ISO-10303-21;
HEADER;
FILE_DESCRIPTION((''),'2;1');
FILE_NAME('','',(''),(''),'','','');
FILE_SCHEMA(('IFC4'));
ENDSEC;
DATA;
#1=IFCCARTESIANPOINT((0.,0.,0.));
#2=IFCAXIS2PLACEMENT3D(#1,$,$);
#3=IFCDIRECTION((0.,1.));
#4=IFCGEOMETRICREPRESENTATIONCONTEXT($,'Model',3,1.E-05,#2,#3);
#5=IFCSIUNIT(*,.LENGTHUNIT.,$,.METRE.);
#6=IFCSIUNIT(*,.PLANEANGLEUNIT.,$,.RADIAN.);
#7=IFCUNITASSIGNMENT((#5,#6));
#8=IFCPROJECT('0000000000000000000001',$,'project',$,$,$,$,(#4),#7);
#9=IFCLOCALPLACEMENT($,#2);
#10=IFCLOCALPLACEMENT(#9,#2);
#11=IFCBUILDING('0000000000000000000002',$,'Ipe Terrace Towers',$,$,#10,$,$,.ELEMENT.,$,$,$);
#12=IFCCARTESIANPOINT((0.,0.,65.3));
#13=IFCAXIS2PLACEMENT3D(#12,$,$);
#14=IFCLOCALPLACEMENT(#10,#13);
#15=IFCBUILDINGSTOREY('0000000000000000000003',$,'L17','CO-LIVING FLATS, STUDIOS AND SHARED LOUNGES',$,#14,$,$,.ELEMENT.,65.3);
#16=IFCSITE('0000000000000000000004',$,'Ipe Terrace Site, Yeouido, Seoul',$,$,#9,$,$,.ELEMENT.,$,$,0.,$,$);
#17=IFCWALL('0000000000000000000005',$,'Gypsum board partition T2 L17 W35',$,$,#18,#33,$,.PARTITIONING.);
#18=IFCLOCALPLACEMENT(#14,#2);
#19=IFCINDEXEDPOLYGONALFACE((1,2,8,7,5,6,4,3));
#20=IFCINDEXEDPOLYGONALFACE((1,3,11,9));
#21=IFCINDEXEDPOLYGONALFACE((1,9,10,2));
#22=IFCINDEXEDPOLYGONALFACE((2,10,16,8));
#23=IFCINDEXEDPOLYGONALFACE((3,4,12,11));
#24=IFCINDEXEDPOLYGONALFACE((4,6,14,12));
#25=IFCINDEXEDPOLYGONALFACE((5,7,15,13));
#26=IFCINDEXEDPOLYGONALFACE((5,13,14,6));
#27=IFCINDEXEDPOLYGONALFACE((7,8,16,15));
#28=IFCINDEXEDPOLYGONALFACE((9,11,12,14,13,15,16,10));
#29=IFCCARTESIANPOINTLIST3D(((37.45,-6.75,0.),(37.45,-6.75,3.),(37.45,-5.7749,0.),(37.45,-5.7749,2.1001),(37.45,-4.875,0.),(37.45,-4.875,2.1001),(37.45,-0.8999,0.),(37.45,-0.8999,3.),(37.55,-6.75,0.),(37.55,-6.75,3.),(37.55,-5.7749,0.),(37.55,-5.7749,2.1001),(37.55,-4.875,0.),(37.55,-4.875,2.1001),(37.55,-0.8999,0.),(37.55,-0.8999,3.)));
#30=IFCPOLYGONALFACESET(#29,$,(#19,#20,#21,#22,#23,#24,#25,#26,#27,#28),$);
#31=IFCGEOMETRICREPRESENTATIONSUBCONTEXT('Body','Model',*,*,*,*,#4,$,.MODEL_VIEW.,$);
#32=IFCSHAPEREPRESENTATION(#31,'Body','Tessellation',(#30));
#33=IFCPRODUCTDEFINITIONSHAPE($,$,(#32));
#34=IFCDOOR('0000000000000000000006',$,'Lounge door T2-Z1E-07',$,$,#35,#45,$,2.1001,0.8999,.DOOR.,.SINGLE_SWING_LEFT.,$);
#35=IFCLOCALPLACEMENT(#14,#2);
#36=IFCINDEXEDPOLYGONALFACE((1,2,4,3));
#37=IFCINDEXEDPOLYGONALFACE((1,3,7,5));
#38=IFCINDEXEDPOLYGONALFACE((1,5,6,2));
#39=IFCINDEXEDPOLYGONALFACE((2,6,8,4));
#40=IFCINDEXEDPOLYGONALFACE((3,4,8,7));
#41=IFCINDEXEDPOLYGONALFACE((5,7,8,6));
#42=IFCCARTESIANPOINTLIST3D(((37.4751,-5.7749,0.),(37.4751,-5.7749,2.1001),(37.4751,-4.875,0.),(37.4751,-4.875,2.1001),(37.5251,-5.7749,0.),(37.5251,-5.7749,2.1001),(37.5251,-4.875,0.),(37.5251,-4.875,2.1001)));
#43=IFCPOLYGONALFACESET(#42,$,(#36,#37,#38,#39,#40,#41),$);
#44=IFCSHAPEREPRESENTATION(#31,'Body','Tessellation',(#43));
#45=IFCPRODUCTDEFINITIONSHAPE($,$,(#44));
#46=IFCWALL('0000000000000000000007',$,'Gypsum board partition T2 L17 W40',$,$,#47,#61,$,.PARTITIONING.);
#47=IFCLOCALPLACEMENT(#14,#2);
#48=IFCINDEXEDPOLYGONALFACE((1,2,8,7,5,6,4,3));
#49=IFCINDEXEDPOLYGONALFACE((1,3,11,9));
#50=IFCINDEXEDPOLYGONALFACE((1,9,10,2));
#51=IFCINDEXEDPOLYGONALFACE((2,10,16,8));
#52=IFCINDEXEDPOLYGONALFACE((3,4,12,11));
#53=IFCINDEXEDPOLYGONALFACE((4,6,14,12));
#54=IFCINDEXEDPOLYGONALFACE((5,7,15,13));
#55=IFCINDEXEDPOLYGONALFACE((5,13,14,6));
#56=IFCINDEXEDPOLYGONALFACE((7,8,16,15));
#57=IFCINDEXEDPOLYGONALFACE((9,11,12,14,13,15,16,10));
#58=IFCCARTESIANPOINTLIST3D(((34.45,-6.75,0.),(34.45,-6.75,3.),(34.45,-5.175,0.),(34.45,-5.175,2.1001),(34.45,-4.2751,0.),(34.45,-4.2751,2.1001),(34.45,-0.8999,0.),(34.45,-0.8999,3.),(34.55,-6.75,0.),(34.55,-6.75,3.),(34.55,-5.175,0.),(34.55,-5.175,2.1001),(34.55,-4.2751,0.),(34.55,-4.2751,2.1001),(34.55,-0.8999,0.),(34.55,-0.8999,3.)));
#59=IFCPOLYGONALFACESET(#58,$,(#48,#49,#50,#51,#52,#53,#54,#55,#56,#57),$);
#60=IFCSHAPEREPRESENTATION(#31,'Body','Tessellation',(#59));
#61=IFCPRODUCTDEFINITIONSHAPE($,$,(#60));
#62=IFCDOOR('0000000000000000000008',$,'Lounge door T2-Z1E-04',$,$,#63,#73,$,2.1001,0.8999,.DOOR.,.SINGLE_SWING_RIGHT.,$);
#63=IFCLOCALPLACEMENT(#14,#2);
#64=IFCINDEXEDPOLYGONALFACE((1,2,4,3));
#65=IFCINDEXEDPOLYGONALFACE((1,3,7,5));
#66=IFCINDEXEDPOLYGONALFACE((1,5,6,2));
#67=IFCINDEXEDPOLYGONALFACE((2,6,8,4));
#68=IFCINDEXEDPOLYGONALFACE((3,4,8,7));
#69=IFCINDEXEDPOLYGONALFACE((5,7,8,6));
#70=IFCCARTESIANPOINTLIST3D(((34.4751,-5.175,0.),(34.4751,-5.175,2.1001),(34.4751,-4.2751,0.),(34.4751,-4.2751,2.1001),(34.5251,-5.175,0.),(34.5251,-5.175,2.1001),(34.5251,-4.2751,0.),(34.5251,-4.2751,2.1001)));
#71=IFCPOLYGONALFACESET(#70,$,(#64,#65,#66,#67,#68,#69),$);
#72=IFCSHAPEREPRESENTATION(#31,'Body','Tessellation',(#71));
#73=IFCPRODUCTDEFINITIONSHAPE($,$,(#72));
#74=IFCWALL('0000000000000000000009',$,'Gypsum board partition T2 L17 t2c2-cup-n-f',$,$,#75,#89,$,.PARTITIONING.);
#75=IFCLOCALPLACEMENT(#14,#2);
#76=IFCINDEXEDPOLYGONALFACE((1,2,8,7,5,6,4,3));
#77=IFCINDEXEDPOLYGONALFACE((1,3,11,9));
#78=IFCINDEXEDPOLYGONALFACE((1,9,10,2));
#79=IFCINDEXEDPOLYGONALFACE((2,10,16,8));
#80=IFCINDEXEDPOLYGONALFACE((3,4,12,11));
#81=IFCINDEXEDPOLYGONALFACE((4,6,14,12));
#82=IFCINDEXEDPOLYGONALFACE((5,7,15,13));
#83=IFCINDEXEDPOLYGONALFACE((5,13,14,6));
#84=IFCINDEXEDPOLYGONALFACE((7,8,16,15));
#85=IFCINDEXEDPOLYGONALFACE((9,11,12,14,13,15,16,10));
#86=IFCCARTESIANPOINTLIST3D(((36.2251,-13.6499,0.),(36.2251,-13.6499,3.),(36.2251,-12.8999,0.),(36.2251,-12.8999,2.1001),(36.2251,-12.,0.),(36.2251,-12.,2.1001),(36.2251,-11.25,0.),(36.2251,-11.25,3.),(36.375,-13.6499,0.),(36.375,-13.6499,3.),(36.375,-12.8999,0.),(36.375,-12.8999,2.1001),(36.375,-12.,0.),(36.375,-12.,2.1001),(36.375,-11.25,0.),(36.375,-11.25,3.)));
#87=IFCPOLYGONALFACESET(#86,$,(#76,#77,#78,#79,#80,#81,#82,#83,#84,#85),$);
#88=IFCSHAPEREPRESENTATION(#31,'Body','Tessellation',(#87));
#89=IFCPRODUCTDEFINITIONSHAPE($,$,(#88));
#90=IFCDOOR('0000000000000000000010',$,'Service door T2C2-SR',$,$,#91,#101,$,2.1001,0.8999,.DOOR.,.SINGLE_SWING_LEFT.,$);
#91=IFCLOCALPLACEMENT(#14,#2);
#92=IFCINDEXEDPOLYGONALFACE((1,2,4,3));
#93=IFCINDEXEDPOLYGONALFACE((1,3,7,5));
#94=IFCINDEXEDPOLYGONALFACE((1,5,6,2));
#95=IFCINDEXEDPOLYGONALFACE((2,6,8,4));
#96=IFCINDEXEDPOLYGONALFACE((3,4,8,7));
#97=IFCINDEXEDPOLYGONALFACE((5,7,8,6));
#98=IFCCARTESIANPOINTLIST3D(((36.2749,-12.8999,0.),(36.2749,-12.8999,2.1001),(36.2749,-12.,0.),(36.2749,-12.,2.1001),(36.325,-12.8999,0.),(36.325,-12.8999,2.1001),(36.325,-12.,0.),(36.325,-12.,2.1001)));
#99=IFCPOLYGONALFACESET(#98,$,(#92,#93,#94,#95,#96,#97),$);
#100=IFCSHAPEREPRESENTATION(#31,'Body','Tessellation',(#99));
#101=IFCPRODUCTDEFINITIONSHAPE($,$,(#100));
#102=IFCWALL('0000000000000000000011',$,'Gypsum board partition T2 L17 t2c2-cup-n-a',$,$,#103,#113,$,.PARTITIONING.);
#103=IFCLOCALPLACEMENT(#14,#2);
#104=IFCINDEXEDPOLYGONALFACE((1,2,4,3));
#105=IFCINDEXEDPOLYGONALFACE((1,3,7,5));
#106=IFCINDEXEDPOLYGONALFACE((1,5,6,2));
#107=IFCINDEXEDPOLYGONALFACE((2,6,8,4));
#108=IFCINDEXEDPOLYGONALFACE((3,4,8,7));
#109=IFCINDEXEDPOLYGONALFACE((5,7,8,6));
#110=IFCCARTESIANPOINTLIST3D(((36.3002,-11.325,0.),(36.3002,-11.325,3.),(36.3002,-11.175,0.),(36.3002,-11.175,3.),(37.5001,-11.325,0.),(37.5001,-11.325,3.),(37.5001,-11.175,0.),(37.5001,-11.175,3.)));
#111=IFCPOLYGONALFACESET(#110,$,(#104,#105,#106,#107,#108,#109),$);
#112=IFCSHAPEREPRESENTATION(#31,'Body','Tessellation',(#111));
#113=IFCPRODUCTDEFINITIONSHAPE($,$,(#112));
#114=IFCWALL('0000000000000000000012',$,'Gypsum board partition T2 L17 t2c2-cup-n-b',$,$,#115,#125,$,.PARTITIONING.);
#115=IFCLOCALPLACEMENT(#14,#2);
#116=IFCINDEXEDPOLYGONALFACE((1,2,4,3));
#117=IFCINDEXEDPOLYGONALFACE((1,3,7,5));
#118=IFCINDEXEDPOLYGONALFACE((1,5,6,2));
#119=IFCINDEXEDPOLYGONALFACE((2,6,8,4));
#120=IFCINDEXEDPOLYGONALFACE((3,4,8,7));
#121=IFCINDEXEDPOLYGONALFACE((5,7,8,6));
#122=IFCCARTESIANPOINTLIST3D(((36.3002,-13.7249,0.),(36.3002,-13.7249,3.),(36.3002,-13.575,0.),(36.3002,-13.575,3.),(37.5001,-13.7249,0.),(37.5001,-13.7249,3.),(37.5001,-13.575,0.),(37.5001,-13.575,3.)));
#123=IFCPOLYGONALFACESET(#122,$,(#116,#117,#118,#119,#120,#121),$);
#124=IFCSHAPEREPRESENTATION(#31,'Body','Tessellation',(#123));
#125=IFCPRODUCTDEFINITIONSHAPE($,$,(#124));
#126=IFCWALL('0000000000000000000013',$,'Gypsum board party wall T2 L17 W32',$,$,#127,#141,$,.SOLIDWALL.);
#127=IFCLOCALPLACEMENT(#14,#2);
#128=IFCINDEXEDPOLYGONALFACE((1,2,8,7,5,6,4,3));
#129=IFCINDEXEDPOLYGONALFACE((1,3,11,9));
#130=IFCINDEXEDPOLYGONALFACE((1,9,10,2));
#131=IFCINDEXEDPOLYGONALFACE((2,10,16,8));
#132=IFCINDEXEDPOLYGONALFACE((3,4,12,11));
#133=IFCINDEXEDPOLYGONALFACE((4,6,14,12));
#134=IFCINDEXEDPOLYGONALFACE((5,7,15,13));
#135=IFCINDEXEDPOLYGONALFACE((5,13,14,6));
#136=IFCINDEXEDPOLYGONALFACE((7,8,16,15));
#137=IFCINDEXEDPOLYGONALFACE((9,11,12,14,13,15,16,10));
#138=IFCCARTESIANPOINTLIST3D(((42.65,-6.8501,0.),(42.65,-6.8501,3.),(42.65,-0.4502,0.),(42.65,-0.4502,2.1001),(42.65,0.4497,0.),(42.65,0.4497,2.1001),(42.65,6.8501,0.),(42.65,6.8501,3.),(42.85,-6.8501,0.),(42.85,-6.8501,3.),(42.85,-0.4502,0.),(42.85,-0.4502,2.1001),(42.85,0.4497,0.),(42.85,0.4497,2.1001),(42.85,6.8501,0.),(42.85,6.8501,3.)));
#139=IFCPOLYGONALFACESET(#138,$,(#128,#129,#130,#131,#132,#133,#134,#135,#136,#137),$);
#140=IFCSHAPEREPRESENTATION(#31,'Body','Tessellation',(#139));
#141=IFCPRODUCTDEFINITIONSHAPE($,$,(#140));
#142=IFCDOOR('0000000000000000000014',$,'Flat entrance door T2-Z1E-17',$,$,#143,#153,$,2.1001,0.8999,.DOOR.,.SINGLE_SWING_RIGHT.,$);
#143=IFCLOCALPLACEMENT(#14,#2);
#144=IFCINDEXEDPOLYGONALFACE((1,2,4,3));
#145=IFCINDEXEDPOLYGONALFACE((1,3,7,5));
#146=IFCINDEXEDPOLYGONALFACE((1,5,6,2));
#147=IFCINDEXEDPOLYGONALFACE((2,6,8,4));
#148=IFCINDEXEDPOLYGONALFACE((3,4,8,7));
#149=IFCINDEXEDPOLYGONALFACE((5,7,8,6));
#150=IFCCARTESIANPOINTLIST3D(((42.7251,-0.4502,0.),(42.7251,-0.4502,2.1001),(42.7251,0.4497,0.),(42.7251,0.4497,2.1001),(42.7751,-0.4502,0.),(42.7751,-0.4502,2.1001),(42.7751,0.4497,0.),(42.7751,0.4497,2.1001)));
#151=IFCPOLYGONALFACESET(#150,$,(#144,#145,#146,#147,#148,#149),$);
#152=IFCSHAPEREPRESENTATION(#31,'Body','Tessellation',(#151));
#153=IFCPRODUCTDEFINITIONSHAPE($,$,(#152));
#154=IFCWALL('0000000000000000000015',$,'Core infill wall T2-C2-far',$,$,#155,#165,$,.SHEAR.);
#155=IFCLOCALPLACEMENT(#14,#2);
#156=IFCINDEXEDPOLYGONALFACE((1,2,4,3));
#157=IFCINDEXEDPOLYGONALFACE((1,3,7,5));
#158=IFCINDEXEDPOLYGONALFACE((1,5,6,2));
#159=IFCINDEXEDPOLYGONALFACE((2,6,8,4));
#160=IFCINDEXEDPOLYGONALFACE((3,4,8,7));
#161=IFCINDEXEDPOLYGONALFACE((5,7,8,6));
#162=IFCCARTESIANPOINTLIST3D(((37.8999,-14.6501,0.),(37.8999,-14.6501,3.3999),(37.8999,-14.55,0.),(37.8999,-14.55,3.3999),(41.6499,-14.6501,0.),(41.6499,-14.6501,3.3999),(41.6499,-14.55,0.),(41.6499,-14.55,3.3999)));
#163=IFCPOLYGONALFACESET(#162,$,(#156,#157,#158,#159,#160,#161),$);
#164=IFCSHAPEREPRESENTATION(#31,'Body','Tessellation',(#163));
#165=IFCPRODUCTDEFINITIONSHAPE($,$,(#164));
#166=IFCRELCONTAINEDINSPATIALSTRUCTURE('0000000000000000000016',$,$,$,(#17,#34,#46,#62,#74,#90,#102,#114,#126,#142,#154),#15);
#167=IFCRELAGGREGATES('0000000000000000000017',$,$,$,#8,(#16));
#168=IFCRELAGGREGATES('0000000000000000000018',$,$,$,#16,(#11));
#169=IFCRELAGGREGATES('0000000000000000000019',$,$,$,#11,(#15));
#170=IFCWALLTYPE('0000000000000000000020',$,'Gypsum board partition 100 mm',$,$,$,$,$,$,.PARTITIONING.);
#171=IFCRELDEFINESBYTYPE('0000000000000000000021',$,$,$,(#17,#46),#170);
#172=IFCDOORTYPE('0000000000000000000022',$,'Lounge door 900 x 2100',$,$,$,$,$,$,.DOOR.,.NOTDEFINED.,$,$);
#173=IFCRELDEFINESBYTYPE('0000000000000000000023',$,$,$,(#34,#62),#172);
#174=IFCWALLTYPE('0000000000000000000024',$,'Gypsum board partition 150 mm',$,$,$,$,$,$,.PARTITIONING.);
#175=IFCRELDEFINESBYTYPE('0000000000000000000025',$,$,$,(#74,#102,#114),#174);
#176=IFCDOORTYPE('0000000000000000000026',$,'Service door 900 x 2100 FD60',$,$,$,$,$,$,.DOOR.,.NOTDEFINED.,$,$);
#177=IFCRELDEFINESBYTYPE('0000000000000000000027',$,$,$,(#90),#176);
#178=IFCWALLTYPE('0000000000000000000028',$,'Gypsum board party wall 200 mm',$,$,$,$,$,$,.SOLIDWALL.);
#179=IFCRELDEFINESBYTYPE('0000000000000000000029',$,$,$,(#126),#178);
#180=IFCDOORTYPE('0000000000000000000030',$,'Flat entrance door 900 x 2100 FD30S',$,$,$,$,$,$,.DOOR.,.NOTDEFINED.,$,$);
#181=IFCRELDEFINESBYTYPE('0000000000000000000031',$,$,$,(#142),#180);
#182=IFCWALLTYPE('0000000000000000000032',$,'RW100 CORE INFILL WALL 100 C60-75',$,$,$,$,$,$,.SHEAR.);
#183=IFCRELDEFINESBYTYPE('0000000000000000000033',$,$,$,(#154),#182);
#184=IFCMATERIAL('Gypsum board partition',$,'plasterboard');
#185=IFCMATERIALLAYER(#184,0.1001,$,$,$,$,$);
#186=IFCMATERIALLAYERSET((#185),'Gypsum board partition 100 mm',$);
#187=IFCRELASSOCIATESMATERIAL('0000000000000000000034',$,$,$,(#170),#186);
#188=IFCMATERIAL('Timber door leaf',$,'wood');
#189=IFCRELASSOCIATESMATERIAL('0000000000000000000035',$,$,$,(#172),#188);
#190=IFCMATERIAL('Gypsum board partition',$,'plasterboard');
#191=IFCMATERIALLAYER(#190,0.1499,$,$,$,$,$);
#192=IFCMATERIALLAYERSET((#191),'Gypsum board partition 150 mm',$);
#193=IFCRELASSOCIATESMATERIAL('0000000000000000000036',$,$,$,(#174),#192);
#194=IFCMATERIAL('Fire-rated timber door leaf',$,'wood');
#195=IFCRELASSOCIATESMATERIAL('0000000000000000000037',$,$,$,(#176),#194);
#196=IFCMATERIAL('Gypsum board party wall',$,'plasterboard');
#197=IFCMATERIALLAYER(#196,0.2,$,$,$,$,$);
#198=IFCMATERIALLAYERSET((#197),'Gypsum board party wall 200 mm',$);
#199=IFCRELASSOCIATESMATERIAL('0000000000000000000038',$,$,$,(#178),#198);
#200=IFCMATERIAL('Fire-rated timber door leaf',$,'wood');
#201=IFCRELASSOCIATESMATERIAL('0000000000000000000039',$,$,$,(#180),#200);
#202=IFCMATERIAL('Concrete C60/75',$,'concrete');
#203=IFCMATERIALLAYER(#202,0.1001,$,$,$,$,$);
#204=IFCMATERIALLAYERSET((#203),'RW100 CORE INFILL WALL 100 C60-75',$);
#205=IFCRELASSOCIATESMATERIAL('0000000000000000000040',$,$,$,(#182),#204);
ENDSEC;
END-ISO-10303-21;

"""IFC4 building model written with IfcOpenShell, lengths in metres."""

from ifc_helpers import new_model, si_unit, direction, frame, frame_2d, origin, place, context, subcontext, project, spatial, rectangle, extrude, material, layer, layer_set, type_object, element, fill, save


model = new_model("IFC4")

# Units and contexts
model_context = context("Model", 3, precision=1e-05, world=origin(), true_north=direction((0.0, 1.0)))
body_context = subcontext(model_context, "Body", "Model", "MODEL_VIEW")
ifc_project = project(units=[si_unit("LENGTHUNIT", "METRE"), si_unit("PLANEANGLEUNIT", "RADIAN")], contexts=[model_context])

# Site, building, storey
site_placement = place(None, origin())
site = spatial("IfcSite", under=ifc_project, at=site_placement, Name="Ipe Terrace Site, Yeouido, Seoul", CompositionType="ELEMENT", RefElevation=0.0)
building_placement = place(site_placement, origin())
building = spatial("IfcBuilding", under=site, at=building_placement, Name="Ipe Terrace Towers", CompositionType="ELEMENT")
storey_placement = place(building_placement, frame((0.0, 0.0, 65.3)))
storey = spatial("IfcBuildingStorey", under=building, at=storey_placement, Name="L17", Description="CO-LIVING FLATS, STUDIOS AND SHARED LOUNGES", CompositionType="ELEMENT", Elevation=65.3)

# Walls, openings, doors
ifc_material_1 = material(Name="Gypsum board partition", Category="plasterboard")
ifc_layer_1 = layer(ifc_material_1, 0.1001)
ifc_layer_set_1 = layer_set([ifc_layer_1], Name="Gypsum board partition 100 mm")
wall_type_1 = type_object("IfcWallType", Name="Gypsum board partition 100 mm", PredefinedType="PARTITIONING", material=ifc_layer_set_1)
wall_1_placement = place(storey_placement, frame((37.5, -6.75, 0.0), z_axis=(0.0, 0.0, 1.0), x_axis=(0.0, 1.0, 0.0)))
wall_1 = element("IfcWall", 1, at=wall_1_placement, inside=storey, type_object=wall_type_1, Name="Gypsum board partition T2 L17 W35", PredefinedType="PARTITIONING", context=body_context, shape_type="SweptSolid", body=[
    extrude(rectangle(XDim=5.8501, YDim=0.1001, at=frame_2d((2.925, 0.0))), origin(), (0.0, 0.0, 1.0), 3.0),
])
opening_1_placement = place(wall_1_placement, frame((0.9751, 0.0, 0.0)))
opening_1 = element("IfcOpeningElement", 2, at=opening_1_placement, cuts=wall_1, PredefinedType="OPENING", context=body_context, shape_type="SweptSolid", body=[
    extrude(rectangle(XDim=0.8999, YDim=2.1001, at=frame_2d((0.45, 1.05))), frame((0.0, 0.0601, 0.0), z_axis=(0.0, -1.0, 0.0), x_axis=(1.0, 0.0, 0.0)), (0.0, 0.0, 1.0), 0.1201),
])
ifc_material_2 = material(Name="Timber door leaf", Category="wood")
door_type_1 = type_object("IfcDoorType", Name="Lounge door 900 x 2100", OperationType="NOTDEFINED", PredefinedType="DOOR", material=ifc_material_2)
door_1_placement = place(opening_1_placement, origin())
door_1 = element("IfcDoor", 3, at=door_1_placement, inside=storey, type_object=door_type_1, Name="Lounge door T2-Z1E-07", OperationType="SINGLE_SWING_LEFT", OverallHeight=2.1001, OverallWidth=0.8999, PredefinedType="DOOR", context=body_context, shape_type="SweptSolid", body=[
    extrude(rectangle(XDim=0.8999, YDim=2.1001, at=frame_2d((0.45, 1.05))), frame((0.0, 0.0249, 0.0), z_axis=(0.0, -1.0, 0.0), x_axis=(1.0, 0.0, 0.0)), (0.0, 0.0, 1.0), 0.05),
])
fill(opening_1, door_1)
wall_2_placement = place(storey_placement, frame((34.5, -6.75, 0.0), z_axis=(0.0, 0.0, 1.0), x_axis=(0.0, 1.0, 0.0)))
wall_2 = element("IfcWall", 4, at=wall_2_placement, inside=storey, type_object=wall_type_1, Name="Gypsum board partition T2 L17 W40", PredefinedType="PARTITIONING", context=body_context, shape_type="SweptSolid", body=[
    extrude(rectangle(XDim=5.8501, YDim=0.1001, at=frame_2d((2.925, 0.0))), origin(), (0.0, 0.0, 1.0), 3.0),
])
opening_2_placement = place(wall_2_placement, frame((1.575, 0.0, 0.0)))
opening_2 = element("IfcOpeningElement", 5, at=opening_2_placement, cuts=wall_2, PredefinedType="OPENING", context=body_context, shape_type="SweptSolid", body=[
    extrude(rectangle(XDim=0.8999, YDim=2.1001, at=frame_2d((0.45, 1.05))), frame((0.0, 0.0601, 0.0), z_axis=(0.0, -1.0, 0.0), x_axis=(1.0, 0.0, 0.0)), (0.0, 0.0, 1.0), 0.1201),
])
door_2_placement = place(opening_2_placement, origin())
door_2 = element("IfcDoor", 6, at=door_2_placement, inside=storey, type_object=door_type_1, Name="Lounge door T2-Z1E-04", OperationType="SINGLE_SWING_RIGHT", OverallHeight=2.1001, OverallWidth=0.8999, PredefinedType="DOOR", context=body_context, shape_type="SweptSolid", body=[
    extrude(rectangle(XDim=0.8999, YDim=2.1001, at=frame_2d((0.45, 1.05))), frame((0.0, 0.0249, 0.0), z_axis=(0.0, -1.0, 0.0), x_axis=(1.0, 0.0, 0.0)), (0.0, 0.0, 1.0), 0.05),
])
fill(opening_2, door_2)
ifc_material_3 = material(Name="Gypsum board partition", Category="plasterboard")
ifc_layer_2 = layer(ifc_material_3, 0.1499)
ifc_layer_set_2 = layer_set([ifc_layer_2], Name="Gypsum board partition 150 mm")
wall_type_2 = type_object("IfcWallType", Name="Gypsum board partition 150 mm", PredefinedType="PARTITIONING", material=ifc_layer_set_2)
wall_3_placement = place(storey_placement, frame((36.3, -11.25, 0.0), z_axis=(0.0, 0.0, 1.0), x_axis=(0.0, -1.0, 0.0)))
wall_3 = element("IfcWall", 7, at=wall_3_placement, inside=storey, type_object=wall_type_2, Name="Gypsum board partition T2 L17 t2c2-cup-n-f", PredefinedType="PARTITIONING", context=body_context, shape_type="SweptSolid", body=[
    extrude(rectangle(XDim=2.3999, YDim=0.1499, at=frame_2d((1.2, 0.0))), origin(), (0.0, 0.0, 1.0), 3.0),
])
opening_3_placement = place(wall_3_placement, frame((0.75, 0.0, 0.0)))
opening_3 = element("IfcOpeningElement", 8, at=opening_3_placement, cuts=wall_3, PredefinedType="OPENING", context=body_context, shape_type="SweptSolid", body=[
    extrude(rectangle(XDim=0.8999, YDim=2.1001, at=frame_2d((0.45, 1.05))), frame((0.0, 0.085, 0.0), z_axis=(0.0, -1.0, 0.0), x_axis=(1.0, 0.0, 0.0)), (0.0, 0.0, 1.0), 0.1699),
])
ifc_material_4 = material(Name="Fire-rated timber door leaf", Category="wood")
door_type_2 = type_object("IfcDoorType", Name="Service door 900 x 2100 FD60", OperationType="NOTDEFINED", PredefinedType="DOOR", material=ifc_material_4)
door_3_placement = place(opening_3_placement, origin())
door_3 = element("IfcDoor", 9, at=door_3_placement, inside=storey, type_object=door_type_2, Name="Service door T2C2-SR", OperationType="SINGLE_SWING_LEFT", OverallHeight=2.1001, OverallWidth=0.8999, PredefinedType="DOOR", context=body_context, shape_type="SweptSolid", body=[
    extrude(rectangle(XDim=0.8999, YDim=2.1001, at=frame_2d((0.45, 1.05))), frame((0.0, 0.0249, 0.0), z_axis=(0.0, -1.0, 0.0), x_axis=(1.0, 0.0, 0.0)), (0.0, 0.0, 1.0), 0.05),
])
fill(opening_3, door_3)

# Walls
for number, where, z_axis, x_axis, name in (
    (10, (36.3, -11.25, 0.0), (0.0, 0.0, 1.0), (1.0, 0.0, 0.0), "Gypsum board partition T2 L17 t2c2-cup-n-a"),
    (11, (36.3, -13.6499, 0.0), (0.0, 0.0, 1.0), (1.0, 0.0, 0.0), "Gypsum board partition T2 L17 t2c2-cup-n-b"),
):
    element("IfcWall", number, at=place(storey_placement, frame(where, z_axis=z_axis, x_axis=x_axis)), inside=storey, type_object=wall_type_2, Name=name, PredefinedType="PARTITIONING", context=body_context, shape_type="SweptSolid", body=[
        extrude(rectangle(XDim=1.2, YDim=0.1499, at=frame_2d((0.6001, 0.0))), origin(), (0.0, 0.0, 1.0), 3.0),
    ])

# Wall, opening, door
ifc_material_5 = material(Name="Gypsum board party wall", Category="plasterboard")
ifc_layer_3 = layer(ifc_material_5, 0.2)
ifc_layer_set_3 = layer_set([ifc_layer_3], Name="Gypsum board party wall 200 mm")
wall_type_3 = type_object("IfcWallType", Name="Gypsum board party wall 200 mm", PredefinedType="SOLIDWALL", material=ifc_layer_set_3)
wall_4_placement = place(storey_placement, frame((42.75, -6.8501, 0.0), z_axis=(0.0, 0.0, 1.0), x_axis=(0.0, 1.0, 0.0)))
wall_4 = element("IfcWall", 12, at=wall_4_placement, inside=storey, type_object=wall_type_3, Name="Gypsum board party wall T2 L17 W32", PredefinedType="SOLIDWALL", context=body_context, shape_type="SweptSolid", body=[
    extrude(rectangle(XDim=13.7002, YDim=0.2, at=frame_2d((6.8501, 0.0))), origin(), (0.0, 0.0, 1.0), 3.0),
])
opening_4_placement = place(wall_4_placement, frame((6.3999, 0.0, 0.0)))
opening_4 = element("IfcOpeningElement", 13, at=opening_4_placement, cuts=wall_4, PredefinedType="OPENING", context=body_context, shape_type="SweptSolid", body=[
    extrude(rectangle(XDim=0.8999, YDim=2.1001, at=frame_2d((0.45, 1.05))), frame((0.0, 0.1099, 0.0), z_axis=(0.0, -1.0, 0.0), x_axis=(1.0, 0.0, 0.0)), (0.0, 0.0, 1.0), 0.22),
])
ifc_material_6 = material(Name="Fire-rated timber door leaf", Category="wood")
door_type_3 = type_object("IfcDoorType", Name="Flat entrance door 900 x 2100 FD30S", OperationType="NOTDEFINED", PredefinedType="DOOR", material=ifc_material_6)
door_4_placement = place(opening_4_placement, origin())
door_4 = element("IfcDoor", 14, at=door_4_placement, inside=storey, type_object=door_type_3, Name="Flat entrance door T2-Z1E-17", OperationType="SINGLE_SWING_RIGHT", OverallHeight=2.1001, OverallWidth=0.8999, PredefinedType="DOOR", context=body_context, shape_type="SweptSolid", body=[
    extrude(rectangle(XDim=0.8999, YDim=2.1001, at=frame_2d((0.45, 1.05))), frame((0.0, 0.0249, 0.0), z_axis=(0.0, -1.0, 0.0), x_axis=(1.0, 0.0, 0.0)), (0.0, 0.0, 1.0), 0.05),
])
fill(opening_4, door_4)

# Wall
ifc_material_7 = material(Name="Concrete C60/75", Category="concrete")
ifc_layer_4 = layer(ifc_material_7, 0.1001)
ifc_layer_set_4 = layer_set([ifc_layer_4], Name="RW100 CORE INFILL WALL 100 C60-75")
wall_type_4 = type_object("IfcWallType", Name="RW100 CORE INFILL WALL 100 C60-75", PredefinedType="SHEAR", material=ifc_layer_set_4)
wall_5_placement = place(storey_placement, frame((37.8999, -14.6001, 0.0), z_axis=(0.0, 0.0, 1.0), x_axis=(1.0, 0.0, 0.0)))
element("IfcWall", 15, at=wall_5_placement, inside=storey, type_object=wall_type_4, Name="Core infill wall T2-C2-far", PredefinedType="SHEAR", context=body_context, shape_type="SweptSolid", body=[
    extrude(rectangle(XDim=3.75, YDim=0.1001, at=frame_2d((1.875, 0.0))), origin(), (0.0, 0.0, 1.0), 3.3999),
])

save(model, "model.ifc")
